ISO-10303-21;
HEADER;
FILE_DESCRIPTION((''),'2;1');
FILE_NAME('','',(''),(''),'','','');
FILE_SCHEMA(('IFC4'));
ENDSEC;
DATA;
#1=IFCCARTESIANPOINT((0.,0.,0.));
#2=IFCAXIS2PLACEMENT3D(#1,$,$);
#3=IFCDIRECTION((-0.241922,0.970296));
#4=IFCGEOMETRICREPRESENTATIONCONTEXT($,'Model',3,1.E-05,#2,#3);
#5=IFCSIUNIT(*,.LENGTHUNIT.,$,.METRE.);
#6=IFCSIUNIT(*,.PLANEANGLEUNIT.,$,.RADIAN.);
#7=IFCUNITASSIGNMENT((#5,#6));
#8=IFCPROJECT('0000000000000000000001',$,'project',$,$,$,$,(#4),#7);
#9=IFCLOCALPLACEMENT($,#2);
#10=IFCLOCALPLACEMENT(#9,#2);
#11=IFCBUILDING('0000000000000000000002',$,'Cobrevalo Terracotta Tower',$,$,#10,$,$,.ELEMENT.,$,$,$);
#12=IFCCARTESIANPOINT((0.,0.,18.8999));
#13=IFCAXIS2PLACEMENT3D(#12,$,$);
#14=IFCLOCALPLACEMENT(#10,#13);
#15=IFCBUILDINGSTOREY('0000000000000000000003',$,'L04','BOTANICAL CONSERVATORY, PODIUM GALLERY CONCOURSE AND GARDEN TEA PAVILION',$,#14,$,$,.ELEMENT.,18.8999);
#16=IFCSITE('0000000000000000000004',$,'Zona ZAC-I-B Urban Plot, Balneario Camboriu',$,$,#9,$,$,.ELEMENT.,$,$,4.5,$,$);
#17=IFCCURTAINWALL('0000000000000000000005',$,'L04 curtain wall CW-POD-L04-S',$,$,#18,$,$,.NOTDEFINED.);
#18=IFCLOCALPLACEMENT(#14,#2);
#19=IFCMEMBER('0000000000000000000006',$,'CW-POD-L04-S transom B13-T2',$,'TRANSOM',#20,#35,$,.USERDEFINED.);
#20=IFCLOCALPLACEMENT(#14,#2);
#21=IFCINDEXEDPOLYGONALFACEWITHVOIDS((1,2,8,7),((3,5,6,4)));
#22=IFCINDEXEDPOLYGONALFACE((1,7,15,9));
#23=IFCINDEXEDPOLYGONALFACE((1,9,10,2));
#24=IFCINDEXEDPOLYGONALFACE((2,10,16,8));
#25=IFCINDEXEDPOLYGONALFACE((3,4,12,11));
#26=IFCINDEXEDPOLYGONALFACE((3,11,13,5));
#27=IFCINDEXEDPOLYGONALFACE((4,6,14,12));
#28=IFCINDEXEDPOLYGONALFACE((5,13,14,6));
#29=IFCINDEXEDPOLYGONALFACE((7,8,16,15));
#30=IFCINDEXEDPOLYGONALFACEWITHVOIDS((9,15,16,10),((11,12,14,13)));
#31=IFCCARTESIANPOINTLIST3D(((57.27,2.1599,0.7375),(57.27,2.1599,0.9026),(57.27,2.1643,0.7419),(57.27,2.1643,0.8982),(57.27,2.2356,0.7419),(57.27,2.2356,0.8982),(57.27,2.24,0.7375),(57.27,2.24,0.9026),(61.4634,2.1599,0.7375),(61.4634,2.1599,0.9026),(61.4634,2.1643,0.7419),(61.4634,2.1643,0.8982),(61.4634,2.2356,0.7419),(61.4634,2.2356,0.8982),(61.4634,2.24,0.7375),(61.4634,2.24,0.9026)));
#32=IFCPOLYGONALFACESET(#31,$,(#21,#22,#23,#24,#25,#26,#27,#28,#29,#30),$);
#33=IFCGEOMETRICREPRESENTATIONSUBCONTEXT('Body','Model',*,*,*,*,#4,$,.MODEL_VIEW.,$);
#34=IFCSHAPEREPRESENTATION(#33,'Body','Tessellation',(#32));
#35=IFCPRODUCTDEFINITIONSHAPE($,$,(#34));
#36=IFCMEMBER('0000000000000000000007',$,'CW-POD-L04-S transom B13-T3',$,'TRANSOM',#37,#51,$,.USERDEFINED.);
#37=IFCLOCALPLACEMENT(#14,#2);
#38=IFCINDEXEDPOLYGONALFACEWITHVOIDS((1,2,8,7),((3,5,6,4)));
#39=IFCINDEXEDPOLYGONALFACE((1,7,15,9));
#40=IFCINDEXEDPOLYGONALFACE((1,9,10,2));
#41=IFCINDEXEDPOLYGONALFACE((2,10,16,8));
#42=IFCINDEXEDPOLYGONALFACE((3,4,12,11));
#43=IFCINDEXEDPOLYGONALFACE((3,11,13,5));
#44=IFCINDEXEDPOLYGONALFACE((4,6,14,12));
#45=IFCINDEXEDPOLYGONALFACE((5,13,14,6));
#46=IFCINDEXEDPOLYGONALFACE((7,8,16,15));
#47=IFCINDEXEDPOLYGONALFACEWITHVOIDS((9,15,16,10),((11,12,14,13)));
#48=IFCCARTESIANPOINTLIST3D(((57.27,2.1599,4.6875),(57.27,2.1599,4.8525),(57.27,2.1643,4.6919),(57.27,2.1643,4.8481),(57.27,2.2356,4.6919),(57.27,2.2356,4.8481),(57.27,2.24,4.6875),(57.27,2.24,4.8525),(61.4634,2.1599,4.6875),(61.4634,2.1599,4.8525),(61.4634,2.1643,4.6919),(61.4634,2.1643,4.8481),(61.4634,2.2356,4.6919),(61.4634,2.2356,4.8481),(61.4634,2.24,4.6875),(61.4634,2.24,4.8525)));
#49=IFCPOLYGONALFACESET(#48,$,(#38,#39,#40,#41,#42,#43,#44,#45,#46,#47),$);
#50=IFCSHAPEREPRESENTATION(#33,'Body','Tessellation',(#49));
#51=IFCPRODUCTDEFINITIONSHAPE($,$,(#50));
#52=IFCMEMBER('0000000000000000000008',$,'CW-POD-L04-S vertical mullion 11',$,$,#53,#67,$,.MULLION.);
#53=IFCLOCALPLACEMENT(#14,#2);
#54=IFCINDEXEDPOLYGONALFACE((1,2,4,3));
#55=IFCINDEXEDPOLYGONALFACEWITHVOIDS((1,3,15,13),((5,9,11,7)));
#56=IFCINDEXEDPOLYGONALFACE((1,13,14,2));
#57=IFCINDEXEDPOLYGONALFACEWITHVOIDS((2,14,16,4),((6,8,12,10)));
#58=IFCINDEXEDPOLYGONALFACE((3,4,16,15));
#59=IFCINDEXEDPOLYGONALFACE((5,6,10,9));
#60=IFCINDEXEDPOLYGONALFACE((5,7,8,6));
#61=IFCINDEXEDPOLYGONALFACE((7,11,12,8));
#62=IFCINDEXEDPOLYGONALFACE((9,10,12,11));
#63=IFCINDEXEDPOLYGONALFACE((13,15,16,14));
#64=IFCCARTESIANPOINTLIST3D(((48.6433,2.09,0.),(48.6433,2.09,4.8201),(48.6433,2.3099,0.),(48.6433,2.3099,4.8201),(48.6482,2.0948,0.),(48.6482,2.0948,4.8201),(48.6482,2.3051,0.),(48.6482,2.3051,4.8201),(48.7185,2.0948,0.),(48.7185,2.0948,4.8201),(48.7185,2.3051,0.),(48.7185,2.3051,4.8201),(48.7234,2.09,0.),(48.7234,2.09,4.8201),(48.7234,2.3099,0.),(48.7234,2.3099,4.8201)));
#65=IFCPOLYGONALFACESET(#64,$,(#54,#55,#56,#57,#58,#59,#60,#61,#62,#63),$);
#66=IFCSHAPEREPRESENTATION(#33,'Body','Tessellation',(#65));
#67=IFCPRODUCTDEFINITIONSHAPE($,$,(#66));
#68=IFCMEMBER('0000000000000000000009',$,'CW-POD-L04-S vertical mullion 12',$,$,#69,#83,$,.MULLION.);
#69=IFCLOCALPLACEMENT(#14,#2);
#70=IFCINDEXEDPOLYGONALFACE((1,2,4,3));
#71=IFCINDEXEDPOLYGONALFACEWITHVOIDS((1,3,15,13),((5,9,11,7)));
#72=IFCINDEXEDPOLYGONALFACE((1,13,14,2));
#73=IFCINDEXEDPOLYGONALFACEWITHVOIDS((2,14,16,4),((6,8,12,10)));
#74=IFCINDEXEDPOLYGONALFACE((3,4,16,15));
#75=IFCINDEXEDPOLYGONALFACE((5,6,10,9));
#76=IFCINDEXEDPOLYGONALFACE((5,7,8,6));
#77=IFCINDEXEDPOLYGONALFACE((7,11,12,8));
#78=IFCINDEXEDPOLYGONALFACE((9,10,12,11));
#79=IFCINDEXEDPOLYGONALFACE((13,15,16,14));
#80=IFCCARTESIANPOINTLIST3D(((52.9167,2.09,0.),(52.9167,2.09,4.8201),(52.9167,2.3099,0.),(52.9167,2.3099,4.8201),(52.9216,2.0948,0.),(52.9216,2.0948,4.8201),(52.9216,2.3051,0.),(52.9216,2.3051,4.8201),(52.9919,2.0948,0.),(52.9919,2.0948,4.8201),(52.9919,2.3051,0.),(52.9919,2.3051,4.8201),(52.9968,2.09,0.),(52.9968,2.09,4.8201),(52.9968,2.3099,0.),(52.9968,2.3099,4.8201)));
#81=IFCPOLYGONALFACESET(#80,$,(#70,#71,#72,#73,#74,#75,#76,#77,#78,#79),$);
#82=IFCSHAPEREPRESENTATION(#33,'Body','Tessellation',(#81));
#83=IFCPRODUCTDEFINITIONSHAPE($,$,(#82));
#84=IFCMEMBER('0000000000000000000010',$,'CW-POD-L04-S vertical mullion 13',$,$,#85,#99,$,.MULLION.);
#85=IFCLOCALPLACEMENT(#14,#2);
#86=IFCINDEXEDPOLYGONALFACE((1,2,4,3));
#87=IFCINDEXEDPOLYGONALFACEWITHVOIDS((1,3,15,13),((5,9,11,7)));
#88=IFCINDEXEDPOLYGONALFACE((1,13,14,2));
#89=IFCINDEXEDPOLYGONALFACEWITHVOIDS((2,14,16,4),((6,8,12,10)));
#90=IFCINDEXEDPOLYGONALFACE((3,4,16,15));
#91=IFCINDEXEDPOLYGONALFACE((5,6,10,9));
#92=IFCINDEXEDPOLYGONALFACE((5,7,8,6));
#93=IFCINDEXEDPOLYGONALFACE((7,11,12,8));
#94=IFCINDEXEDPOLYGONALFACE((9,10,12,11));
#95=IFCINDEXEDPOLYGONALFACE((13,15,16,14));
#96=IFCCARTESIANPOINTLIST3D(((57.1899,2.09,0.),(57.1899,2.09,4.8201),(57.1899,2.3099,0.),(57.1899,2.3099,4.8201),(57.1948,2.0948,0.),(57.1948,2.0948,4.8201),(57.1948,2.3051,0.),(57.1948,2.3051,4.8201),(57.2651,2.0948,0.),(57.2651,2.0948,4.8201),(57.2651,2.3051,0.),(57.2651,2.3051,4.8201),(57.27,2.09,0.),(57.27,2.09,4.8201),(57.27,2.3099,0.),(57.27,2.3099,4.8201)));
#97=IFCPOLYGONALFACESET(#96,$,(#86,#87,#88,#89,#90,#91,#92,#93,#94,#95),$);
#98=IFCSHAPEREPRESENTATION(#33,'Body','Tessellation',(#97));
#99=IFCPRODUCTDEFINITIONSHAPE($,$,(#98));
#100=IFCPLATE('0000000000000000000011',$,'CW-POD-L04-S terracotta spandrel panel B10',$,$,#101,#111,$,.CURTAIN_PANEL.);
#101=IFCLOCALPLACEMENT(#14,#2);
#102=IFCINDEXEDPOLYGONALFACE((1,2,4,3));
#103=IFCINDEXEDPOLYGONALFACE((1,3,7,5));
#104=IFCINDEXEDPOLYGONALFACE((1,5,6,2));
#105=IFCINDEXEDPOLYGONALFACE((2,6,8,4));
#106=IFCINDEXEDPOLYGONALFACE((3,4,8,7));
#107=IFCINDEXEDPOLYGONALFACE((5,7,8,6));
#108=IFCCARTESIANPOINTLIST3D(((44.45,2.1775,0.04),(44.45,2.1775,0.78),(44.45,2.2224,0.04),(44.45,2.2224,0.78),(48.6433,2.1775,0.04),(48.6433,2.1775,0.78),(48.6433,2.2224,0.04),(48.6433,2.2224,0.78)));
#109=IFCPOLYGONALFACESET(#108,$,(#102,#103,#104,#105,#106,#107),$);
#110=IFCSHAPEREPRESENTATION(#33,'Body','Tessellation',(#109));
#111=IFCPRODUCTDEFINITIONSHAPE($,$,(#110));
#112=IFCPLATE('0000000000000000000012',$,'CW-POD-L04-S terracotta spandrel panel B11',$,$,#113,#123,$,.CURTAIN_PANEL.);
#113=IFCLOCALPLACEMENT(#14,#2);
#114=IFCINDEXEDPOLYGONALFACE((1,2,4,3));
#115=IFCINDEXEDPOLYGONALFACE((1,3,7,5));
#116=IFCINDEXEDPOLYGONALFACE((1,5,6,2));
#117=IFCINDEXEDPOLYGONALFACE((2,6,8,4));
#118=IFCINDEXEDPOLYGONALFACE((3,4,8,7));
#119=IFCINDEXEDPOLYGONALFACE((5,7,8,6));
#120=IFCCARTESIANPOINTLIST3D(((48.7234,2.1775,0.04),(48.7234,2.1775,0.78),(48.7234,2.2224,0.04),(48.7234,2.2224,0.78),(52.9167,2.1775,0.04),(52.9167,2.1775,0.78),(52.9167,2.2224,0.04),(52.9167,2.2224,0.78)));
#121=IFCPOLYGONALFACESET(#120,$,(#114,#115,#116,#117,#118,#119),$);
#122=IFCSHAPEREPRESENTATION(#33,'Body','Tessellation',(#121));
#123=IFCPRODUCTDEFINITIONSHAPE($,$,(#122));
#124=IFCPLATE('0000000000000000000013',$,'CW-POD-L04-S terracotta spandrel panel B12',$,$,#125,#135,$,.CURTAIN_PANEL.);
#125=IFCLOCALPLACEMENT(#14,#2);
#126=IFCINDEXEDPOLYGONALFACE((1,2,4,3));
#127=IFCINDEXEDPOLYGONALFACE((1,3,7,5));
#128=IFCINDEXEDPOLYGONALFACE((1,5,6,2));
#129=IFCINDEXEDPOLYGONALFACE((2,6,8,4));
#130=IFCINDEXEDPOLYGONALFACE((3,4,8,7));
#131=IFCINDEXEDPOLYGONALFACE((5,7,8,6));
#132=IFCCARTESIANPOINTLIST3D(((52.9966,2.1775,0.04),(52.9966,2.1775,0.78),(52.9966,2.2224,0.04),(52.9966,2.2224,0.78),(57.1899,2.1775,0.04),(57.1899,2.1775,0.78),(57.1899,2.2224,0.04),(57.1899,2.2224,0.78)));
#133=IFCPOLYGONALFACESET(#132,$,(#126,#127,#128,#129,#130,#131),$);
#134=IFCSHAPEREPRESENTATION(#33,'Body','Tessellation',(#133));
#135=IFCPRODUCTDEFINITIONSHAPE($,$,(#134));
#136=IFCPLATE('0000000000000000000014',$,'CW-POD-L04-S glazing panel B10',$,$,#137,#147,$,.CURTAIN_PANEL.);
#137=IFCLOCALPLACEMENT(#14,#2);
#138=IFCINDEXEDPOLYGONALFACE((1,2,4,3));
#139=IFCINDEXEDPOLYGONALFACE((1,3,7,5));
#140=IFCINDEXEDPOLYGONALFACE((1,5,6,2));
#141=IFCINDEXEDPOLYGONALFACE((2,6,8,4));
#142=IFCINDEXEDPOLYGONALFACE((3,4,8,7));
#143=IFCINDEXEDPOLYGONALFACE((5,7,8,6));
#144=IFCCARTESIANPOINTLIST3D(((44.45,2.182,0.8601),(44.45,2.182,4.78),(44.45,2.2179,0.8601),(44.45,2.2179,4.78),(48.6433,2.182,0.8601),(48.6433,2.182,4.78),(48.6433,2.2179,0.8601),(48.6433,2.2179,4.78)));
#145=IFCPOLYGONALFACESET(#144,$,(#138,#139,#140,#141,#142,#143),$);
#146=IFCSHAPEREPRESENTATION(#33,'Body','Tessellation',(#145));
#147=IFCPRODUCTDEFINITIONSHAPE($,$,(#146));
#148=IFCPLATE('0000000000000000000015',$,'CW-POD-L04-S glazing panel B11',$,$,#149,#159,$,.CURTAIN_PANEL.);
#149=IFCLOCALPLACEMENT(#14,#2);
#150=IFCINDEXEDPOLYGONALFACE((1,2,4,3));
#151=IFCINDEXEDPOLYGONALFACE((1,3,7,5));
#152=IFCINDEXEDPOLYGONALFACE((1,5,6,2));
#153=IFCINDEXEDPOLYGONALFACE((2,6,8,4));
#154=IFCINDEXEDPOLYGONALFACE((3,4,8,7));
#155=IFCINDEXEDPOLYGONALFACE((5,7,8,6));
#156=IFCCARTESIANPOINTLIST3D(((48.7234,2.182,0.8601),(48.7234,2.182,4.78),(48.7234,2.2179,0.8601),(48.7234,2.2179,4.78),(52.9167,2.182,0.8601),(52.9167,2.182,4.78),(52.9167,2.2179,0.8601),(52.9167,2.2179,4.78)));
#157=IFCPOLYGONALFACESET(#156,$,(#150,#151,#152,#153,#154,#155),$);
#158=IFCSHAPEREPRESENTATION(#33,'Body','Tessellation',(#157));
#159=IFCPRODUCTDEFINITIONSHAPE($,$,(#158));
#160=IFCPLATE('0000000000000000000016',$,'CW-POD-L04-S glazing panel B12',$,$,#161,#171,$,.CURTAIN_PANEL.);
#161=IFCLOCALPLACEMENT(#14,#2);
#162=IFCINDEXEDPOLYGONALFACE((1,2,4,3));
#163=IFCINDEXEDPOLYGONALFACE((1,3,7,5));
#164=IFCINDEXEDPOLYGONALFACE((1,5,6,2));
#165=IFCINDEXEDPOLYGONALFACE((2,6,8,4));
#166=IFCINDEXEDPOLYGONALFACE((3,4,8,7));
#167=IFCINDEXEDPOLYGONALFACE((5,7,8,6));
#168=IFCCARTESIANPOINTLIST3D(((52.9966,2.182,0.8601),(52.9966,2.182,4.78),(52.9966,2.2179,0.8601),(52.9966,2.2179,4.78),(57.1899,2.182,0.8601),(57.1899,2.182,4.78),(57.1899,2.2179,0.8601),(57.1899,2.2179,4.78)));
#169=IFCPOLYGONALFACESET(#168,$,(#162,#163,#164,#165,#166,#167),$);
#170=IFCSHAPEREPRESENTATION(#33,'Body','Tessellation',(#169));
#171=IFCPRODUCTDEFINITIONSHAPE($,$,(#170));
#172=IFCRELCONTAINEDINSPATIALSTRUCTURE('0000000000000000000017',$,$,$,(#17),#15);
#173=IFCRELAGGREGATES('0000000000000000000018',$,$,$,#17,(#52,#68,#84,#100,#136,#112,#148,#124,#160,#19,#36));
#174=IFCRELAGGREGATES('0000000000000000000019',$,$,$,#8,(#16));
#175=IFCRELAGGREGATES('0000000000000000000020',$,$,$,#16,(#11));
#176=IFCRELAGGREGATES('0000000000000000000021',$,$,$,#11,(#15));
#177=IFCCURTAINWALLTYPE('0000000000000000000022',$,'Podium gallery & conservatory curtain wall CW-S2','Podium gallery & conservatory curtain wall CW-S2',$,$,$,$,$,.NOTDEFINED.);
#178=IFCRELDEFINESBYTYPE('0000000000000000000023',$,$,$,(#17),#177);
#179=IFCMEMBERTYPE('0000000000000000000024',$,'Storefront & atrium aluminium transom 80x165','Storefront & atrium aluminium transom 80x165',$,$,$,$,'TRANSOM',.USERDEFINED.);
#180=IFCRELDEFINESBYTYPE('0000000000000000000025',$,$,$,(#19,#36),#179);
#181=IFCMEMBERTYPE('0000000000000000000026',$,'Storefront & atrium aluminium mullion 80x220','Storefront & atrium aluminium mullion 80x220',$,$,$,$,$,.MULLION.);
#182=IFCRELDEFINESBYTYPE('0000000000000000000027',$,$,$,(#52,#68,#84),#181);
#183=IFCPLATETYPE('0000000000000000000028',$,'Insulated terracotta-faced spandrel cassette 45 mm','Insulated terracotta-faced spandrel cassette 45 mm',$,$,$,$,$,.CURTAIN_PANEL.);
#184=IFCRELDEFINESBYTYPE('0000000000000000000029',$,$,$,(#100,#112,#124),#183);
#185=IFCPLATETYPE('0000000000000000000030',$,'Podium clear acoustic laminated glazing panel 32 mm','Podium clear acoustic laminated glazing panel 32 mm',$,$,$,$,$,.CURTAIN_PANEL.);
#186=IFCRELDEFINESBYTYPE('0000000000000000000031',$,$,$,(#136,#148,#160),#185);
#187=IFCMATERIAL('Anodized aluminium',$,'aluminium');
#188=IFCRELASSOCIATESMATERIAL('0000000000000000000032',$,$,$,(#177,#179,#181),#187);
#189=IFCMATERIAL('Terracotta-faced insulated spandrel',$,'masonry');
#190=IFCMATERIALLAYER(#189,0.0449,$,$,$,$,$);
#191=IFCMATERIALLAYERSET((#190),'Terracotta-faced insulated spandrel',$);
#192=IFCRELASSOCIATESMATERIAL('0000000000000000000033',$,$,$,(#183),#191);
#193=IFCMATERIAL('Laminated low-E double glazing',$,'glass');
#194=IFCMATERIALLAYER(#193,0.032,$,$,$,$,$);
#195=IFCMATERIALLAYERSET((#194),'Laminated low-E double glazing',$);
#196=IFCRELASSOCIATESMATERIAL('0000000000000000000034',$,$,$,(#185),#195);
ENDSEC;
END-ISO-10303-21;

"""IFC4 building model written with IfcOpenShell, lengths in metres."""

from ifc_helpers import new_model, si_unit, direction, frame, origin, origin_2d, place, context, subcontext, project, spatial, rectangle, hollow_rectangle, extrude, source, transform, mapped, material, layer, layer_set, material_profile, profile_set, type_object, element, aggregate, save


model = new_model("IFC4")

# Units and contexts
model_context = context("Model", 3, precision=1e-05, world=origin(), true_north=direction((-0.241922, 0.970296)))
body_context = subcontext(model_context, "Body", "Model", "MODEL_VIEW")
ifc_project = project(units=[si_unit("LENGTHUNIT", "METRE"), si_unit("PLANEANGLEUNIT", "RADIAN")], contexts=[model_context])

# Site, building, storey
site_placement = place(None, origin())
site = spatial("IfcSite", under=ifc_project, at=site_placement, Name="Zona ZAC-I-B Urban Plot, Balneario Camboriu", CompositionType="ELEMENT", RefElevation=4.5)
building_placement = place(site_placement, origin())
building = spatial("IfcBuilding", under=site, at=building_placement, Name="Cobrevalo Terracotta Tower", CompositionType="ELEMENT")
storey_placement = place(building_placement, frame((0.0, 0.0, 18.8999)))
storey = spatial("IfcBuildingStorey", under=building, at=storey_placement, Name="L04", Description="BOTANICAL CONSERVATORY, PODIUM GALLERY CONCOURSE AND GARDEN TEA PAVILION", CompositionType="ELEMENT", Elevation=18.8999)

# Curtain wall, members, plates
ifc_material_1 = material(Name="Anodized aluminium", Category="aluminium")
curtain_wall_type = type_object("IfcCurtainWallType", Name="Podium gallery & conservatory curtain wall CW-S2", Description="Podium gallery & conservatory curtain wall CW-S2", PredefinedType="NOTDEFINED", material=ifc_material_1)
curtain_wall_placement = place(storey_placement, origin())
curtain_wall = element("IfcCurtainWall", 1, at=curtain_wall_placement, inside=storey, type_object=curtain_wall_type, Name="L04 curtain wall CW-POD-L04-S", PredefinedType="NOTDEFINED")
ifc_material_profile_1 = material_profile(ifc_material_1, hollow_rectangle(XDim=0.0801, YDim=0.165, WallThickness=0.0044, at=origin_2d()), Name="CWT 80x165")
ifc_profile_set_1 = profile_set([ifc_material_profile_1], Name="Anodized aluminium")
member_type_1 = type_object("IfcMemberType", Name="Storefront & atrium aluminium transom 80x165", Description="Storefront & atrium aluminium transom 80x165", ElementType="TRANSOM", PredefinedType="USERDEFINED", material=ifc_profile_set_1)
shared_shape_1 = source(origin(), body_context, "Body", "SweptSolid", [
    extrude(hollow_rectangle(XDim=0.0801, YDim=0.165, WallThickness=0.0044, at=origin_2d()), origin(), (0.0, 0.0, 1.0), 4.1934),
])
member_1_placement = place(storey_placement, frame((57.27, 2.2, 0.8201), z_axis=(1.0, 0.0, 0.0), x_axis=(0.0, 1.0, 0.0)))
member_1 = element("IfcMember", 2, at=member_1_placement, type_object=member_type_1, Name="CW-POD-L04-S transom B13-T2", ObjectType="TRANSOM", PredefinedType="USERDEFINED", context=body_context, shape_type="MappedRepresentation", body=[
    mapped(shared_shape_1, transform((0.0, 0.0, 0.0), scale=1.0)),
])
member_2_placement = place(storey_placement, frame((57.27, 2.2, 4.77), z_axis=(1.0, 0.0, 0.0), x_axis=(0.0, 1.0, 0.0)))
member_2 = element("IfcMember", 3, at=member_2_placement, type_object=member_type_1, Name="CW-POD-L04-S transom B13-T3", ObjectType="TRANSOM", PredefinedType="USERDEFINED", context=body_context, shape_type="MappedRepresentation", body=[
    mapped(shared_shape_1, transform((0.0, 0.0, 0.0), scale=1.0)),
])
ifc_material_profile_2 = material_profile(ifc_material_1, hollow_rectangle(XDim=0.0801, YDim=0.22, WallThickness=0.0049, at=origin_2d()), Name="CWM 80x220")
ifc_profile_set_2 = profile_set([ifc_material_profile_2], Name="Anodized aluminium")
member_type_2 = type_object("IfcMemberType", Name="Storefront & atrium aluminium mullion 80x220", Description="Storefront & atrium aluminium mullion 80x220", PredefinedType="MULLION", material=ifc_profile_set_2)
shared_shape_2 = source(origin(), body_context, "Body", "SweptSolid", [
    extrude(hollow_rectangle(XDim=0.0801, YDim=0.22, WallThickness=0.0049, at=origin_2d()), origin(), (0.0, 0.0, 1.0), 4.8201),
])
member_3_placement = place(storey_placement, frame((48.6833, 2.2, 0.0), z_axis=(0.0, 0.0, 1.0), x_axis=(1.0, 0.0, 0.0)))
member_3 = element("IfcMember", 4, at=member_3_placement, type_object=member_type_2, Name="CW-POD-L04-S vertical mullion 11", PredefinedType="MULLION", context=body_context, shape_type="MappedRepresentation", body=[
    mapped(shared_shape_2, transform((0.0, 0.0, 0.0), scale=1.0)),
])
member_4_placement = place(storey_placement, frame((52.9568, 2.2, 0.0), z_axis=(0.0, 0.0, 1.0), x_axis=(1.0, 0.0, 0.0)))
member_4 = element("IfcMember", 5, at=member_4_placement, type_object=member_type_2, Name="CW-POD-L04-S vertical mullion 12", PredefinedType="MULLION", context=body_context, shape_type="MappedRepresentation", body=[
    mapped(shared_shape_2, transform((0.0, 0.0, 0.0), scale=1.0)),
])
member_5_placement = place(storey_placement, frame((57.23, 2.2, 0.0), z_axis=(0.0, 0.0, 1.0), x_axis=(1.0, 0.0, 0.0)))
member_5 = element("IfcMember", 6, at=member_5_placement, type_object=member_type_2, Name="CW-POD-L04-S vertical mullion 13", PredefinedType="MULLION", context=body_context, shape_type="MappedRepresentation", body=[
    mapped(shared_shape_2, transform((0.0, 0.0, 0.0), scale=1.0)),
])
ifc_material_2 = material(Name="Terracotta-faced insulated spandrel", Category="masonry")
ifc_layer_1 = layer(ifc_material_2, 0.0449)
ifc_layer_set_1 = layer_set([ifc_layer_1], Name="Terracotta-faced insulated spandrel")
plate_type_1 = type_object("IfcPlateType", Name="Insulated terracotta-faced spandrel cassette 45 mm", Description="Insulated terracotta-faced spandrel cassette 45 mm", PredefinedType="CURTAIN_PANEL", material=ifc_layer_set_1)
shared_shape_3 = source(origin(), body_context, "Body", "SweptSolid", [
    extrude(rectangle(XDim=4.1934, YDim=0.0449, at=origin_2d()), origin(), (0.0, 0.0, 1.0), 0.74),
])
plate_1_placement = place(storey_placement, frame((46.5466, 2.2, 0.04), z_axis=(0.0, 0.0, 1.0), x_axis=(1.0, 0.0, 0.0)))
plate_1 = element("IfcPlate", 7, at=plate_1_placement, type_object=plate_type_1, Name="CW-POD-L04-S terracotta spandrel panel B10", PredefinedType="CURTAIN_PANEL", context=body_context, shape_type="MappedRepresentation", body=[
    mapped(shared_shape_3, transform((0.0, 0.0, 0.0), scale=1.0)),
])
plate_2_placement = place(storey_placement, frame((50.8201, 2.2, 0.04), z_axis=(0.0, 0.0, 1.0), x_axis=(1.0, 0.0, 0.0)))
plate_2 = element("IfcPlate", 8, at=plate_2_placement, type_object=plate_type_1, Name="CW-POD-L04-S terracotta spandrel panel B11", PredefinedType="CURTAIN_PANEL", context=body_context, shape_type="MappedRepresentation", body=[
    mapped(shared_shape_3, transform((0.0, 0.0, 0.0), scale=1.0)),
])
plate_3_placement = place(storey_placement, frame((55.0933, 2.2, 0.04), z_axis=(0.0, 0.0, 1.0), x_axis=(1.0, 0.0, 0.0)))
plate_3 = element("IfcPlate", 9, at=plate_3_placement, type_object=plate_type_1, Name="CW-POD-L04-S terracotta spandrel panel B12", PredefinedType="CURTAIN_PANEL", context=body_context, shape_type="MappedRepresentation", body=[
    mapped(shared_shape_3, transform((0.0, 0.0, 0.0), scale=1.0)),
])
ifc_material_3 = material(Name="Laminated low-E double glazing", Category="glass")
ifc_layer_2 = layer(ifc_material_3, 0.032)
ifc_layer_set_2 = layer_set([ifc_layer_2], Name="Laminated low-E double glazing")
plate_type_2 = type_object("IfcPlateType", Name="Podium clear acoustic laminated glazing panel 32 mm", Description="Podium clear acoustic laminated glazing panel 32 mm", PredefinedType="CURTAIN_PANEL", material=ifc_layer_set_2)
shared_shape_4 = source(origin(), body_context, "Body", "SweptSolid", [
    extrude(rectangle(XDim=4.1934, YDim=0.0359, at=origin_2d()), origin(), (0.0, 0.0, 1.0), 3.9199),
])
plate_4_placement = place(storey_placement, frame((46.5466, 2.2, 0.8601), z_axis=(0.0, 0.0, 1.0), x_axis=(1.0, 0.0, 0.0)))
plate_4 = element("IfcPlate", 10, at=plate_4_placement, type_object=plate_type_2, Name="CW-POD-L04-S glazing panel B10", PredefinedType="CURTAIN_PANEL", context=body_context, shape_type="MappedRepresentation", body=[
    mapped(shared_shape_4, transform((0.0, 0.0, 0.0), scale=1.0)),
])
plate_5_placement = place(storey_placement, frame((50.8201, 2.2, 0.8601), z_axis=(0.0, 0.0, 1.0), x_axis=(1.0, 0.0, 0.0)))
plate_5 = element("IfcPlate", 11, at=plate_5_placement, type_object=plate_type_2, Name="CW-POD-L04-S glazing panel B11", PredefinedType="CURTAIN_PANEL", context=body_context, shape_type="MappedRepresentation", body=[
    mapped(shared_shape_4, transform((0.0, 0.0, 0.0), scale=1.0)),
])
plate_6_placement = place(storey_placement, frame((55.0933, 2.2, 0.8601), z_axis=(0.0, 0.0, 1.0), x_axis=(1.0, 0.0, 0.0)))
plate_6 = element("IfcPlate", 12, at=plate_6_placement, type_object=plate_type_2, Name="CW-POD-L04-S glazing panel B12", PredefinedType="CURTAIN_PANEL", context=body_context, shape_type="MappedRepresentation", body=[
    mapped(shared_shape_4, transform((0.0, 0.0, 0.0), scale=1.0)),
])
aggregate(curtain_wall, [member_3, member_4, member_5, plate_1, plate_4, plate_2, plate_5, plate_3, plate_6, member_1, member_2])

save(model, "model.ifc")
